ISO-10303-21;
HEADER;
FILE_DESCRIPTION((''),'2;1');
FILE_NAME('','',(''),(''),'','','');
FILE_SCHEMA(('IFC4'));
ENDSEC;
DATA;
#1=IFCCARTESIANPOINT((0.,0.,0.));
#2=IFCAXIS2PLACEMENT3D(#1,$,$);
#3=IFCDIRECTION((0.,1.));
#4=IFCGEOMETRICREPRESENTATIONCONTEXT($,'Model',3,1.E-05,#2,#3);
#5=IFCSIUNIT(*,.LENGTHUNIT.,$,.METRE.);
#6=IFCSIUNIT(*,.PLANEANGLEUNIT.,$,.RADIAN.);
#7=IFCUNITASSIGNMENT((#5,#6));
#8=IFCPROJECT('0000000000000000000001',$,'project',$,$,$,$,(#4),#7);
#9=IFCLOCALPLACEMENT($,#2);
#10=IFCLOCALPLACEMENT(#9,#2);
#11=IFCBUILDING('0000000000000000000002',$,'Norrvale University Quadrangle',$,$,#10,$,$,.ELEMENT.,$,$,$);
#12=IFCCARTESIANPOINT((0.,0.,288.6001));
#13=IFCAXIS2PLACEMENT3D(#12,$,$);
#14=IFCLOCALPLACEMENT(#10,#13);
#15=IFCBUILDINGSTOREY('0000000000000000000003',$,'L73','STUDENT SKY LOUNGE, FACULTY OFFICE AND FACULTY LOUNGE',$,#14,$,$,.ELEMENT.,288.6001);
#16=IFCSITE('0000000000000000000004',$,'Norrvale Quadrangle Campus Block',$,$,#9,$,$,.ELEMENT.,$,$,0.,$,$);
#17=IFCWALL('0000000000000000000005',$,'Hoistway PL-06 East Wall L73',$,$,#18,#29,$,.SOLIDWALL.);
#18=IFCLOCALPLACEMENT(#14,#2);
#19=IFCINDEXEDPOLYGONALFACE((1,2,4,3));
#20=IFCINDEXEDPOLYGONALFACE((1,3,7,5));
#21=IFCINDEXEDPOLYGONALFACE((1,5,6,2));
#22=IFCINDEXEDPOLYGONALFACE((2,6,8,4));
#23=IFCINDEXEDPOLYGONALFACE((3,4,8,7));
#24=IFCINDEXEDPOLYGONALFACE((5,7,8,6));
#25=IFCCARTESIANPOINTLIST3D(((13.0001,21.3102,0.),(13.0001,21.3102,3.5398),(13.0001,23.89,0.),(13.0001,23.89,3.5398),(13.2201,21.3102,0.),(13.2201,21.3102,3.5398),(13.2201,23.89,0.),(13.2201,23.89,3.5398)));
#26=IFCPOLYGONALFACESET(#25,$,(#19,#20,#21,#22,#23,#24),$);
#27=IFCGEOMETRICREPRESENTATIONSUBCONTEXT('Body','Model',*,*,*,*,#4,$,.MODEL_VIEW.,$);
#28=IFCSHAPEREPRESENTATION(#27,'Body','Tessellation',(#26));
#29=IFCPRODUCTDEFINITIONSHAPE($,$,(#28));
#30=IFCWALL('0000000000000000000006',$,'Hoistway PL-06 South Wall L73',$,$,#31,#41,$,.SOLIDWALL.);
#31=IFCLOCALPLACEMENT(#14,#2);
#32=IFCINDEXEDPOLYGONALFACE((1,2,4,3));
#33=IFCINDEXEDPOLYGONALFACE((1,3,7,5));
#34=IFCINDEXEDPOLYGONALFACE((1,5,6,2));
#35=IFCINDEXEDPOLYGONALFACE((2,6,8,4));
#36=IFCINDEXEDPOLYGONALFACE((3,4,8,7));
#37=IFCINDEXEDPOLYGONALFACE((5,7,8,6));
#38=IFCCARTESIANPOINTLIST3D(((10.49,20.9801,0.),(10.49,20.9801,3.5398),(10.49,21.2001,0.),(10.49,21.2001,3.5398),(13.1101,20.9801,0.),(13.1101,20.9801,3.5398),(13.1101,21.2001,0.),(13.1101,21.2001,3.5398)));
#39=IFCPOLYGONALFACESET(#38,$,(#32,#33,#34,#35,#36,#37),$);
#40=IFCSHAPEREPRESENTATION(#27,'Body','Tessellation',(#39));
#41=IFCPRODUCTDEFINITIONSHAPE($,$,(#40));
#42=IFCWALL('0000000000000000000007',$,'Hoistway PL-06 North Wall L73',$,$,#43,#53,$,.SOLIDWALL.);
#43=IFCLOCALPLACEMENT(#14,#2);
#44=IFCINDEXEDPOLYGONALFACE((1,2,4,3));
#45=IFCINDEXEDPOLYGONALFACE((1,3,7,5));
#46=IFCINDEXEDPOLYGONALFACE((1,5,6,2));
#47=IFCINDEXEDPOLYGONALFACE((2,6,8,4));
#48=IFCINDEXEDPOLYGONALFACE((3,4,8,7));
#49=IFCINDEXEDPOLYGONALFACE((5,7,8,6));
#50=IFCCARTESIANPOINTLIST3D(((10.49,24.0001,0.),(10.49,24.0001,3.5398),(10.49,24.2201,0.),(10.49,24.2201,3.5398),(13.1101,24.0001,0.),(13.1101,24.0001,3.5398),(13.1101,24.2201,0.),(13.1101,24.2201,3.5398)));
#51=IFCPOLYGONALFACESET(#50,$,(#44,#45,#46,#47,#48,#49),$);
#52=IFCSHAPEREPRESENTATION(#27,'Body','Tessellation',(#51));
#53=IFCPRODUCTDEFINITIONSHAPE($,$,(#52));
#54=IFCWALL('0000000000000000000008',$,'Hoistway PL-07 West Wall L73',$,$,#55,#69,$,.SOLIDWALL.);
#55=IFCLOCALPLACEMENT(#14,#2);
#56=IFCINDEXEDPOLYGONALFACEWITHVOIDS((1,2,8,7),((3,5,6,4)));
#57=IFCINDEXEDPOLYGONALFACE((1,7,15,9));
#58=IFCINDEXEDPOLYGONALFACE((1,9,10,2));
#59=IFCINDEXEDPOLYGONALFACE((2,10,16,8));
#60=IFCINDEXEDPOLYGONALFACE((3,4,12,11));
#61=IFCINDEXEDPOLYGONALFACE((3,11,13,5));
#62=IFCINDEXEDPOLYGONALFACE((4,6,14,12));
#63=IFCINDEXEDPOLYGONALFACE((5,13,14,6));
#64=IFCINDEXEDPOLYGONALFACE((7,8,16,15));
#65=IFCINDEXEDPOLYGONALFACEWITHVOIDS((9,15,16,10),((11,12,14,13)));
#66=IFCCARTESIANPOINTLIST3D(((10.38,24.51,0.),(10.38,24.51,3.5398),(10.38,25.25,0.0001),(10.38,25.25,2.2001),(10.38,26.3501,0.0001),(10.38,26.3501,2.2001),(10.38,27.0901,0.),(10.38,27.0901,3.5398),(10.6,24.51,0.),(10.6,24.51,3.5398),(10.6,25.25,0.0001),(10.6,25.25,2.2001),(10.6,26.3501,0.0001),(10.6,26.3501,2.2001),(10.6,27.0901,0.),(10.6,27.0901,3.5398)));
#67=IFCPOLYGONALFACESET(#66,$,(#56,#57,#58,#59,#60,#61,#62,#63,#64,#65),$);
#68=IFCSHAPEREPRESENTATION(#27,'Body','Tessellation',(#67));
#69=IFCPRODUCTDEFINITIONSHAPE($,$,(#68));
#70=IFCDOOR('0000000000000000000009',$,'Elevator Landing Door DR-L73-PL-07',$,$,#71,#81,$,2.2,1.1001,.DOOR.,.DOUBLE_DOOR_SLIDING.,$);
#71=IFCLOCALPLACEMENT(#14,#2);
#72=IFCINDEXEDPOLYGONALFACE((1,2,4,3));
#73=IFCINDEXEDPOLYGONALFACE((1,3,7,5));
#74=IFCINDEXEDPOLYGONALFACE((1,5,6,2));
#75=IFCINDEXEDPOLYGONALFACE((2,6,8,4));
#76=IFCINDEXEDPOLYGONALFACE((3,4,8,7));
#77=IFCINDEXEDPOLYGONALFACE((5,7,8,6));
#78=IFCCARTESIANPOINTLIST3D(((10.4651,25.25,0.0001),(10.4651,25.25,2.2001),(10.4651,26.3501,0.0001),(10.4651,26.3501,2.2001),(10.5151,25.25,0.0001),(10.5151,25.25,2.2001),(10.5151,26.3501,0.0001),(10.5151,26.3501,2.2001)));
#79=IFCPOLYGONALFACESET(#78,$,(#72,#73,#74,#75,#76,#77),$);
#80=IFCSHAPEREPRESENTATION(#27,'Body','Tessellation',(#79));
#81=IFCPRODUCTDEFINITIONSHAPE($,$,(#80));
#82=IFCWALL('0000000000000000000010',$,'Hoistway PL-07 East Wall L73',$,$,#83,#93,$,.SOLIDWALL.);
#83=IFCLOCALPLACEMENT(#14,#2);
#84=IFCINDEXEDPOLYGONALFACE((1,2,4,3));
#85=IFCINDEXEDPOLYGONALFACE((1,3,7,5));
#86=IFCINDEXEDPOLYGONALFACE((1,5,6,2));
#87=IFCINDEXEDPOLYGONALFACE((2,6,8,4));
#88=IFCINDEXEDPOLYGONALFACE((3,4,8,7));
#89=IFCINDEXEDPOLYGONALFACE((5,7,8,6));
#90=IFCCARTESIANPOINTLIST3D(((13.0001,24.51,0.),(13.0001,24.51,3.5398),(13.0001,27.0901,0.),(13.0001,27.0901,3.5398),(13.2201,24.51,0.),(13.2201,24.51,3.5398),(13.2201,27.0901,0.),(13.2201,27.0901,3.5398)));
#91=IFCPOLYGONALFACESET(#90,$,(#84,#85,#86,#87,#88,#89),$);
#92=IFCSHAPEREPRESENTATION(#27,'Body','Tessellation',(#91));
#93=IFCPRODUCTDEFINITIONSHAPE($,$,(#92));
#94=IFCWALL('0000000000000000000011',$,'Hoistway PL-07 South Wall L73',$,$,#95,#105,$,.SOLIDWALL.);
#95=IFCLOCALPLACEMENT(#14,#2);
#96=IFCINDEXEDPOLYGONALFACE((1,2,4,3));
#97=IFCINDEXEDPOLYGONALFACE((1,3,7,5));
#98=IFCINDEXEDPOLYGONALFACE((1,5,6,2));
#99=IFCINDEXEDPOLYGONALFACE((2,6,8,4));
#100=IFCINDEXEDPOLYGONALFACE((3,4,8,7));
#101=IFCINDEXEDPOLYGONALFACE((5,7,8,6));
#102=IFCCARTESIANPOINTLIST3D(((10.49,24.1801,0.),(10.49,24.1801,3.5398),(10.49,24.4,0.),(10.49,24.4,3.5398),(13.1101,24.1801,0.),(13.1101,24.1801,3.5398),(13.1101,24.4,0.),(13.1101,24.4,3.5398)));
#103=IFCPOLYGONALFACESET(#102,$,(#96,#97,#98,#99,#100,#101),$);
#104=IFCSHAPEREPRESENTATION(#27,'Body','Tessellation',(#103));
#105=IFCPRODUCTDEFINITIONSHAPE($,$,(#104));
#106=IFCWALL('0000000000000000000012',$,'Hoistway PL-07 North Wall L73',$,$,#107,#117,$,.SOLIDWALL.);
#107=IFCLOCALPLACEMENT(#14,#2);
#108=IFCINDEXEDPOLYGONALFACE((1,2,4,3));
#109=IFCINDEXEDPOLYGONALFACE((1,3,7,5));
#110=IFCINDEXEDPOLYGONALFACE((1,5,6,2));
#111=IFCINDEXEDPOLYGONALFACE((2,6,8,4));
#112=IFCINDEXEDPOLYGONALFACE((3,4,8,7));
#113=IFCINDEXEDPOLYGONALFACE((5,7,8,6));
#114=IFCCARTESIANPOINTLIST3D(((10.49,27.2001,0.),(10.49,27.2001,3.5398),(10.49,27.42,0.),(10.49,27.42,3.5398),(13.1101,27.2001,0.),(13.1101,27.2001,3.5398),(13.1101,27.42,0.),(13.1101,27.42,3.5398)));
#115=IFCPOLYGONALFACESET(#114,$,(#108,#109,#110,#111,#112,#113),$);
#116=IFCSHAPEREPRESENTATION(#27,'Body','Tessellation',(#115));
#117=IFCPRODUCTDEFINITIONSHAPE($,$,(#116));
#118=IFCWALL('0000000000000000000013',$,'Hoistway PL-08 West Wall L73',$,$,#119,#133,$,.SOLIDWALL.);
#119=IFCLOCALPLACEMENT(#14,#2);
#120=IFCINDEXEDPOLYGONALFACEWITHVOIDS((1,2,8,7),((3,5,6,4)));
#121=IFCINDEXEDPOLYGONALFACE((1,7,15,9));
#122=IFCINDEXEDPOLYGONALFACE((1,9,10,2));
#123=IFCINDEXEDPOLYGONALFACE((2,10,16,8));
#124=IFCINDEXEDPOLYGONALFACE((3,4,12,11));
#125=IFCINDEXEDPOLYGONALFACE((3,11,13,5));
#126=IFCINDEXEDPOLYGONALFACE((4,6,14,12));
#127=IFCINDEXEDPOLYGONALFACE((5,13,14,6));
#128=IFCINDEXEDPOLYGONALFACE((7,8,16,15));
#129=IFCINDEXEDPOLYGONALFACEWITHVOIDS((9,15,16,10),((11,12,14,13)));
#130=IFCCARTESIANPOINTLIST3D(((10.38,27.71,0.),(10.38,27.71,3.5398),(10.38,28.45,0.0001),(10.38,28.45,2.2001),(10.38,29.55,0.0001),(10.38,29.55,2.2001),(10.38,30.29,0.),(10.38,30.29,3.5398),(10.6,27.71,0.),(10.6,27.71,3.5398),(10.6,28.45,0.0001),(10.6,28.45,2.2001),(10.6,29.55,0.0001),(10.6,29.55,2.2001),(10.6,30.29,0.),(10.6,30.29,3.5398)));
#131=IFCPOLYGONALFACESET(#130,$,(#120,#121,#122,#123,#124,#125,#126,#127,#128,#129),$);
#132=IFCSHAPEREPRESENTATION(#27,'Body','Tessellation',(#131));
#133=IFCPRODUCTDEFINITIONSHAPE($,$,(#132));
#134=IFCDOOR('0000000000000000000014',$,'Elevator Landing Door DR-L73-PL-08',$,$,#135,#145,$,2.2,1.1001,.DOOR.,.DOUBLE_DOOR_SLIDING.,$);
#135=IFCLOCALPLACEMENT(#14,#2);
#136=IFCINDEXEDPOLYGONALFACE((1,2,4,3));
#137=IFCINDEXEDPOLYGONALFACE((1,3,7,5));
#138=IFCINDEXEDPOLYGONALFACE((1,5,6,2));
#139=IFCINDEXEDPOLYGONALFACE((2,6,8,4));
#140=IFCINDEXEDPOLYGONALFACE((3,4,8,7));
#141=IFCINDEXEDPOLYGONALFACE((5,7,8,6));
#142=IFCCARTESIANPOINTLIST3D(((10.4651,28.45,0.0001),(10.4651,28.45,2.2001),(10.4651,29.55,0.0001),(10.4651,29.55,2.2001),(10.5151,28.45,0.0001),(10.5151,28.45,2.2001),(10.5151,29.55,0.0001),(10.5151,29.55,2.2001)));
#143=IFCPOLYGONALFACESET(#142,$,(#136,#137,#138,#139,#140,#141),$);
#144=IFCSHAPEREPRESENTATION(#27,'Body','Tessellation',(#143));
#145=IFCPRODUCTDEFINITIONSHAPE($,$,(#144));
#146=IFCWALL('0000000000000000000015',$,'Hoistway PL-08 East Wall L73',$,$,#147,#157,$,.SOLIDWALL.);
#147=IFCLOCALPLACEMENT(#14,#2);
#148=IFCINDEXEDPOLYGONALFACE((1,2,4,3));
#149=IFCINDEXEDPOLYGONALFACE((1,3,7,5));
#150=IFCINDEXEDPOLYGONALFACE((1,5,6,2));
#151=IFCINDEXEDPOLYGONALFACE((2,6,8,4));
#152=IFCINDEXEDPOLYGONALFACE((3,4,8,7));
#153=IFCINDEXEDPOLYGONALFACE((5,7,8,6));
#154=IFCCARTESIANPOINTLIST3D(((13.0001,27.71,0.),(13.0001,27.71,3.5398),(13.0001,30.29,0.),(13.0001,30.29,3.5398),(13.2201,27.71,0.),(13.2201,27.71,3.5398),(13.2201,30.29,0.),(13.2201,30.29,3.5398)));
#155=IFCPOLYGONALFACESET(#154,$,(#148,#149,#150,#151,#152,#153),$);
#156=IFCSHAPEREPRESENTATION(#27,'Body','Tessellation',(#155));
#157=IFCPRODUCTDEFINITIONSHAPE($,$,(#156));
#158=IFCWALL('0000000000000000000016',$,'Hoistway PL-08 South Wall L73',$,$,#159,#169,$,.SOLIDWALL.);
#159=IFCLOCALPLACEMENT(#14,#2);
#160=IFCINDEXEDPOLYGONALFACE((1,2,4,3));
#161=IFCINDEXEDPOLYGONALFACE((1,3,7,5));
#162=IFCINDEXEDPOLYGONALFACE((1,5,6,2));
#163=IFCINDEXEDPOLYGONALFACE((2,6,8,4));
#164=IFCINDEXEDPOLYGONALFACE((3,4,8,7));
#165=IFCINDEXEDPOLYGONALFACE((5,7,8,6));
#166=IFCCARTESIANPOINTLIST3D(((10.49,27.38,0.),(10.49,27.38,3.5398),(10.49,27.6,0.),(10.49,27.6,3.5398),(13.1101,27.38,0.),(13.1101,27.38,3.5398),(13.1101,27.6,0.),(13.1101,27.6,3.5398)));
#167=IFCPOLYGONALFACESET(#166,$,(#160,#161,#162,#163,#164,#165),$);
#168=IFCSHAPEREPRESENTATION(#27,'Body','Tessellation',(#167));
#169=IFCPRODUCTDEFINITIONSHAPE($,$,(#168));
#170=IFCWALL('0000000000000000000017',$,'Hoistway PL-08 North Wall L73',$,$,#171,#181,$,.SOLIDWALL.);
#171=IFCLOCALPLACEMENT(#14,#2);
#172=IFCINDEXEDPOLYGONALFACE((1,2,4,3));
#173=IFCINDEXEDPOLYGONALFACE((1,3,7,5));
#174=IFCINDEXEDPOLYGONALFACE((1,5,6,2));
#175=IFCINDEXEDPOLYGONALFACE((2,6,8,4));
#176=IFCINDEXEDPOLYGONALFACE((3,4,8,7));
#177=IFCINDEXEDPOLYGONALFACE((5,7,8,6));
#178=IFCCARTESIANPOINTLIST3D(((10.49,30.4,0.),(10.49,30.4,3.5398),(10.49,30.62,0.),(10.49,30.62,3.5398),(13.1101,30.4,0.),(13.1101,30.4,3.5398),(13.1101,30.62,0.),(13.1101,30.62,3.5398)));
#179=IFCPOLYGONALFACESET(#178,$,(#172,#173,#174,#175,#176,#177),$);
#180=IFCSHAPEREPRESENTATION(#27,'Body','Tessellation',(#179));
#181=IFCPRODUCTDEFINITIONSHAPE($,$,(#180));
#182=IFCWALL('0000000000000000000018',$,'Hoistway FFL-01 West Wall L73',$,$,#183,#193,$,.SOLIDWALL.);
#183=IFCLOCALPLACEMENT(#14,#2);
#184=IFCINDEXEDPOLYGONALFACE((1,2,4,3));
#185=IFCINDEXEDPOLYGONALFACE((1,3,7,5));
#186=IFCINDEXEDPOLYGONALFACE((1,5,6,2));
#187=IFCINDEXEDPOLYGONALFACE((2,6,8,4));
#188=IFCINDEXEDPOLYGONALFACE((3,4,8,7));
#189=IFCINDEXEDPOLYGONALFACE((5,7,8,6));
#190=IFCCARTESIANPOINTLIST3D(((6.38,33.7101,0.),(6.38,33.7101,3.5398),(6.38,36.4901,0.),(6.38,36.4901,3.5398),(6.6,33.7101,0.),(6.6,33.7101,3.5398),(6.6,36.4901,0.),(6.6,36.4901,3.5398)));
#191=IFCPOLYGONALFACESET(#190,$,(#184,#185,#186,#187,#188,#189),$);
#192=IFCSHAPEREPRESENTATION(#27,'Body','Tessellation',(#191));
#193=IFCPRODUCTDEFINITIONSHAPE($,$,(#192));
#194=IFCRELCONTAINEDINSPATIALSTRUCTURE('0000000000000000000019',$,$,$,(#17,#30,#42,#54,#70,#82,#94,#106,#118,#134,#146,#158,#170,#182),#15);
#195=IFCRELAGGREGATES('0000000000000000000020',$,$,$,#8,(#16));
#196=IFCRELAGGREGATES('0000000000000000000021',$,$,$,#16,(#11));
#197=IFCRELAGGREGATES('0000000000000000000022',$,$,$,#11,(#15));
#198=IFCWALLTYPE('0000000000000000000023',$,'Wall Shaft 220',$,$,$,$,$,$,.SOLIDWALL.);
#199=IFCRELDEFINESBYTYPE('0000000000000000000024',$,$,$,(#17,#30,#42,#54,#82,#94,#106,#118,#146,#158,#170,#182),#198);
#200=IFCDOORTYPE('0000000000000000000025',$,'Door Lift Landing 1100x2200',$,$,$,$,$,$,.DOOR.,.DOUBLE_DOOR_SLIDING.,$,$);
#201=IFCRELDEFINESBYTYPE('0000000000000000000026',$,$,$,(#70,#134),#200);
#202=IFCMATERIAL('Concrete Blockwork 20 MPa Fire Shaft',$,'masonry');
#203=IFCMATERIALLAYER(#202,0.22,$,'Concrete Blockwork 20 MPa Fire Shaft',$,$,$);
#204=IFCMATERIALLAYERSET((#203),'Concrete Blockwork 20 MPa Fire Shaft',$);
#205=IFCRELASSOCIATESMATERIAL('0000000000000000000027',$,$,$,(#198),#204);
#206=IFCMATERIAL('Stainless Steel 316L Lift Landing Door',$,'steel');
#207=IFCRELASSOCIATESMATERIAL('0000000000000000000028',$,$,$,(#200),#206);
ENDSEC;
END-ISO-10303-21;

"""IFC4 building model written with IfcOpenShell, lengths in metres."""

from ifc_helpers import new_model, si_unit, direction, frame, frame_2d, origin, place, context, subcontext, project, spatial, rectangle, extrude, material, layer, layer_set, type_object, element, fill, save


model = new_model("IFC4")

# Units and contexts
model_context = context("Model", 3, precision=1e-05, world=origin(), true_north=direction((0.0, 1.0)))
body_context = subcontext(model_context, "Body", "Model", "MODEL_VIEW")
ifc_project = project(units=[si_unit("LENGTHUNIT", "METRE"), si_unit("PLANEANGLEUNIT", "RADIAN")], contexts=[model_context])

# Site, building, storey
site_placement = place(None, origin())
site = spatial("IfcSite", under=ifc_project, at=site_placement, Name="Norrvale Quadrangle Campus Block", CompositionType="ELEMENT", RefElevation=0.0)
building_placement = place(site_placement, origin())
building = spatial("IfcBuilding", under=site, at=building_placement, Name="Norrvale University Quadrangle", CompositionType="ELEMENT")
storey_placement = place(building_placement, frame((0.0, 0.0, 288.6001)))
storey = spatial("IfcBuildingStorey", under=building, at=storey_placement, Name="L73", Description="STUDENT SKY LOUNGE, FACULTY OFFICE AND FACULTY LOUNGE", CompositionType="ELEMENT", Elevation=288.6001)

# Shared definitions
ifc_material_1 = material(Name="Concrete Blockwork 20 MPa Fire Shaft", Category="masonry")
ifc_layer_1 = layer(ifc_material_1, 0.22, Name="Concrete Blockwork 20 MPa Fire Shaft")
ifc_layer_set_1 = layer_set([ifc_layer_1], Name="Concrete Blockwork 20 MPa Fire Shaft")
wall_type_1 = type_object("IfcWallType", Name="Wall Shaft 220", PredefinedType="SOLIDWALL", material=ifc_layer_set_1)

# Shared definitions
ifc_material_2 = material(Name="Stainless Steel 316L Lift Landing Door", Category="steel")
door_type_1 = type_object("IfcDoorType", Name="Door Lift Landing 1100x2200", OperationType="DOUBLE_DOOR_SLIDING", PredefinedType="DOOR", material=ifc_material_2)

# Walls
wall_1_placement = place(storey_placement, frame((13.1101, 21.3101, 0.0), z_axis=(0.0, 0.0, 1.0), x_axis=(0.0, 1.0, 0.0)))
element("IfcWall", 1, at=wall_1_placement, inside=storey, type_object=wall_type_1, Name="Hoistway PL-06 East Wall L73", PredefinedType="SOLIDWALL", context=body_context, shape_type="SweptSolid", body=[
    extrude(rectangle(XDim=2.5798, YDim=0.22, at=frame_2d((1.29, 0.0))), origin(), (0.0, 0.0, 1.0), 3.5398),
])
for number, where, z_axis, x_axis, name in (
    (2, (10.49, 21.0901, 0.0), (0.0, 0.0, 1.0), (1.0, 0.0, 0.0), "Hoistway PL-06 South Wall L73"),
    (3, (10.49, 24.1101, 0.0), (0.0, 0.0, 1.0), (1.0, 0.0, 0.0), "Hoistway PL-06 North Wall L73"),
):
    element("IfcWall", number, at=place(storey_placement, frame(where, z_axis=z_axis, x_axis=x_axis)), inside=storey, type_object=wall_type_1, Name=name, PredefinedType="SOLIDWALL", context=body_context, shape_type="SweptSolid", body=[
        extrude(rectangle(XDim=2.6201, YDim=0.22, at=frame_2d((1.3101, 0.0))), origin(), (0.0, 0.0, 1.0), 3.5398),
    ])

# Wall, opening, door
wall_2_placement = place(storey_placement, frame((10.49, 24.51, 0.0), z_axis=(0.0, 0.0, 1.0), x_axis=(0.0, 1.0, 0.0)))
wall_2 = element("IfcWall", 4, at=wall_2_placement, inside=storey, type_object=wall_type_1, Name="Hoistway PL-07 West Wall L73", PredefinedType="SOLIDWALL", context=body_context, shape_type="SweptSolid", body=[
    extrude(rectangle(XDim=2.5801, YDim=0.22, at=frame_2d((1.29, 0.0))), origin(), (0.0, 0.0, 1.0), 3.5398),
])
opening_1_placement = place(wall_2_placement, frame((0.74, 0.0, 0.0)))
opening_1 = element("IfcOpeningElement", 5, at=opening_1_placement, cuts=wall_2, PredefinedType="OPENING", context=body_context, shape_type="SweptSolid", body=[
    extrude(rectangle(XDim=1.1001, YDim=2.2, at=frame_2d((0.55, 1.1001))), frame((0.0, 0.1221, 0.0), z_axis=(0.0, -1.0, 0.0), x_axis=(1.0, 0.0, 0.0)), (0.0, 0.0, 1.0), 0.2439),
])
door_1_placement = place(opening_1_placement, origin())
door_1 = element("IfcDoor", 6, at=door_1_placement, inside=storey, type_object=door_type_1, Name="Elevator Landing Door DR-L73-PL-07", OperationType="DOUBLE_DOOR_SLIDING", OverallHeight=2.2, OverallWidth=1.1001, PredefinedType="DOOR", context=body_context, shape_type="SweptSolid", body=[
    extrude(rectangle(XDim=1.1001, YDim=2.2, at=frame_2d((0.55, 1.1001))), frame((0.0, 0.0249, 0.0), z_axis=(0.0, -1.0, 0.0), x_axis=(1.0, 0.0, 0.0)), (0.0, 0.0, 1.0), 0.05),
])
fill(opening_1, door_1)

# Walls
wall_3_placement = place(storey_placement, frame((13.1101, 24.51, 0.0), z_axis=(0.0, 0.0, 1.0), x_axis=(0.0, 1.0, 0.0)))
element("IfcWall", 7, at=wall_3_placement, inside=storey, type_object=wall_type_1, Name="Hoistway PL-07 East Wall L73", PredefinedType="SOLIDWALL", context=body_context, shape_type="SweptSolid", body=[
    extrude(rectangle(XDim=2.5801, YDim=0.22, at=frame_2d((1.29, 0.0))), origin(), (0.0, 0.0, 1.0), 3.5398),
])
for number, where, z_axis, x_axis, name in (
    (8, (10.49, 24.29, 0.0), (0.0, 0.0, 1.0), (1.0, 0.0, 0.0), "Hoistway PL-07 South Wall L73"),
    (9, (10.49, 27.3101, 0.0), (0.0, 0.0, 1.0), (1.0, 0.0, 0.0), "Hoistway PL-07 North Wall L73"),
):
    element("IfcWall", number, at=place(storey_placement, frame(where, z_axis=z_axis, x_axis=x_axis)), inside=storey, type_object=wall_type_1, Name=name, PredefinedType="SOLIDWALL", context=body_context, shape_type="SweptSolid", body=[
        extrude(rectangle(XDim=2.6201, YDim=0.22, at=frame_2d((1.3101, 0.0))), origin(), (0.0, 0.0, 1.0), 3.5398),
    ])

# Wall, opening, door
wall_4_placement = place(storey_placement, frame((10.49, 27.71, 0.0), z_axis=(0.0, 0.0, 1.0), x_axis=(0.0, 1.0, 0.0)))
wall_4 = element("IfcWall", 10, at=wall_4_placement, inside=storey, type_object=wall_type_1, Name="Hoistway PL-08 West Wall L73", PredefinedType="SOLIDWALL", context=body_context, shape_type="SweptSolid", body=[
    extrude(rectangle(XDim=2.5801, YDim=0.22, at=frame_2d((1.29, 0.0))), origin(), (0.0, 0.0, 1.0), 3.5398),
])
opening_2_placement = place(wall_4_placement, frame((0.74, 0.0, 0.0)))
opening_2 = element("IfcOpeningElement", 11, at=opening_2_placement, cuts=wall_4, PredefinedType="OPENING", context=body_context, shape_type="SweptSolid", body=[
    extrude(rectangle(XDim=1.1001, YDim=2.2, at=frame_2d((0.55, 1.1001))), frame((0.0, 0.1221, 0.0), z_axis=(0.0, -1.0, 0.0), x_axis=(1.0, 0.0, 0.0)), (0.0, 0.0, 1.0), 0.2439),
])
door_2_placement = place(opening_2_placement, origin())
door_2 = element("IfcDoor", 12, at=door_2_placement, inside=storey, type_object=door_type_1, Name="Elevator Landing Door DR-L73-PL-08", OperationType="DOUBLE_DOOR_SLIDING", OverallHeight=2.2, OverallWidth=1.1001, PredefinedType="DOOR", context=body_context, shape_type="SweptSolid", body=[
    extrude(rectangle(XDim=1.1001, YDim=2.2, at=frame_2d((0.55, 1.1001))), frame((0.0, 0.0249, 0.0), z_axis=(0.0, -1.0, 0.0), x_axis=(1.0, 0.0, 0.0)), (0.0, 0.0, 1.0), 0.05),
])
fill(opening_2, door_2)

# Walls
wall_5_placement = place(storey_placement, frame((13.1101, 27.71, 0.0), z_axis=(0.0, 0.0, 1.0), x_axis=(0.0, 1.0, 0.0)))
element("IfcWall", 13, at=wall_5_placement, inside=storey, type_object=wall_type_1, Name="Hoistway PL-08 East Wall L73", PredefinedType="SOLIDWALL", context=body_context, shape_type="SweptSolid", body=[
    extrude(rectangle(XDim=2.5801, YDim=0.22, at=frame_2d((1.29, 0.0))), origin(), (0.0, 0.0, 1.0), 3.5398),
])
for number, where, z_axis, x_axis, name in (
    (14, (10.49, 27.49, 0.0), (0.0, 0.0, 1.0), (1.0, 0.0, 0.0), "Hoistway PL-08 South Wall L73"),
    (15, (10.49, 30.51, 0.0), (0.0, 0.0, 1.0), (1.0, 0.0, 0.0), "Hoistway PL-08 North Wall L73"),
):
    element("IfcWall", number, at=place(storey_placement, frame(where, z_axis=z_axis, x_axis=x_axis)), inside=storey, type_object=wall_type_1, Name=name, PredefinedType="SOLIDWALL", context=body_context, shape_type="SweptSolid", body=[
        extrude(rectangle(XDim=2.6201, YDim=0.22, at=frame_2d((1.3101, 0.0))), origin(), (0.0, 0.0, 1.0), 3.5398),
    ])
for number, where, z_axis, x_axis, name in (
    (16, (6.49, 33.71, 0.0), (0.0, 0.0, 1.0), (0.0, 1.0, 0.0), "Hoistway FFL-01 West Wall L73"),
):
    element("IfcWall", number, at=place(storey_placement, frame(where, z_axis=z_axis, x_axis=x_axis)), inside=storey, type_object=wall_type_1, Name=name, PredefinedType="SOLIDWALL", context=body_context, shape_type="SweptSolid", body=[
        extrude(rectangle(XDim=2.78, YDim=0.22, at=frame_2d((1.3901, 0.0))), origin(), (0.0, 0.0, 1.0), 3.5398),
    ])

save(model, "model.ifc")
